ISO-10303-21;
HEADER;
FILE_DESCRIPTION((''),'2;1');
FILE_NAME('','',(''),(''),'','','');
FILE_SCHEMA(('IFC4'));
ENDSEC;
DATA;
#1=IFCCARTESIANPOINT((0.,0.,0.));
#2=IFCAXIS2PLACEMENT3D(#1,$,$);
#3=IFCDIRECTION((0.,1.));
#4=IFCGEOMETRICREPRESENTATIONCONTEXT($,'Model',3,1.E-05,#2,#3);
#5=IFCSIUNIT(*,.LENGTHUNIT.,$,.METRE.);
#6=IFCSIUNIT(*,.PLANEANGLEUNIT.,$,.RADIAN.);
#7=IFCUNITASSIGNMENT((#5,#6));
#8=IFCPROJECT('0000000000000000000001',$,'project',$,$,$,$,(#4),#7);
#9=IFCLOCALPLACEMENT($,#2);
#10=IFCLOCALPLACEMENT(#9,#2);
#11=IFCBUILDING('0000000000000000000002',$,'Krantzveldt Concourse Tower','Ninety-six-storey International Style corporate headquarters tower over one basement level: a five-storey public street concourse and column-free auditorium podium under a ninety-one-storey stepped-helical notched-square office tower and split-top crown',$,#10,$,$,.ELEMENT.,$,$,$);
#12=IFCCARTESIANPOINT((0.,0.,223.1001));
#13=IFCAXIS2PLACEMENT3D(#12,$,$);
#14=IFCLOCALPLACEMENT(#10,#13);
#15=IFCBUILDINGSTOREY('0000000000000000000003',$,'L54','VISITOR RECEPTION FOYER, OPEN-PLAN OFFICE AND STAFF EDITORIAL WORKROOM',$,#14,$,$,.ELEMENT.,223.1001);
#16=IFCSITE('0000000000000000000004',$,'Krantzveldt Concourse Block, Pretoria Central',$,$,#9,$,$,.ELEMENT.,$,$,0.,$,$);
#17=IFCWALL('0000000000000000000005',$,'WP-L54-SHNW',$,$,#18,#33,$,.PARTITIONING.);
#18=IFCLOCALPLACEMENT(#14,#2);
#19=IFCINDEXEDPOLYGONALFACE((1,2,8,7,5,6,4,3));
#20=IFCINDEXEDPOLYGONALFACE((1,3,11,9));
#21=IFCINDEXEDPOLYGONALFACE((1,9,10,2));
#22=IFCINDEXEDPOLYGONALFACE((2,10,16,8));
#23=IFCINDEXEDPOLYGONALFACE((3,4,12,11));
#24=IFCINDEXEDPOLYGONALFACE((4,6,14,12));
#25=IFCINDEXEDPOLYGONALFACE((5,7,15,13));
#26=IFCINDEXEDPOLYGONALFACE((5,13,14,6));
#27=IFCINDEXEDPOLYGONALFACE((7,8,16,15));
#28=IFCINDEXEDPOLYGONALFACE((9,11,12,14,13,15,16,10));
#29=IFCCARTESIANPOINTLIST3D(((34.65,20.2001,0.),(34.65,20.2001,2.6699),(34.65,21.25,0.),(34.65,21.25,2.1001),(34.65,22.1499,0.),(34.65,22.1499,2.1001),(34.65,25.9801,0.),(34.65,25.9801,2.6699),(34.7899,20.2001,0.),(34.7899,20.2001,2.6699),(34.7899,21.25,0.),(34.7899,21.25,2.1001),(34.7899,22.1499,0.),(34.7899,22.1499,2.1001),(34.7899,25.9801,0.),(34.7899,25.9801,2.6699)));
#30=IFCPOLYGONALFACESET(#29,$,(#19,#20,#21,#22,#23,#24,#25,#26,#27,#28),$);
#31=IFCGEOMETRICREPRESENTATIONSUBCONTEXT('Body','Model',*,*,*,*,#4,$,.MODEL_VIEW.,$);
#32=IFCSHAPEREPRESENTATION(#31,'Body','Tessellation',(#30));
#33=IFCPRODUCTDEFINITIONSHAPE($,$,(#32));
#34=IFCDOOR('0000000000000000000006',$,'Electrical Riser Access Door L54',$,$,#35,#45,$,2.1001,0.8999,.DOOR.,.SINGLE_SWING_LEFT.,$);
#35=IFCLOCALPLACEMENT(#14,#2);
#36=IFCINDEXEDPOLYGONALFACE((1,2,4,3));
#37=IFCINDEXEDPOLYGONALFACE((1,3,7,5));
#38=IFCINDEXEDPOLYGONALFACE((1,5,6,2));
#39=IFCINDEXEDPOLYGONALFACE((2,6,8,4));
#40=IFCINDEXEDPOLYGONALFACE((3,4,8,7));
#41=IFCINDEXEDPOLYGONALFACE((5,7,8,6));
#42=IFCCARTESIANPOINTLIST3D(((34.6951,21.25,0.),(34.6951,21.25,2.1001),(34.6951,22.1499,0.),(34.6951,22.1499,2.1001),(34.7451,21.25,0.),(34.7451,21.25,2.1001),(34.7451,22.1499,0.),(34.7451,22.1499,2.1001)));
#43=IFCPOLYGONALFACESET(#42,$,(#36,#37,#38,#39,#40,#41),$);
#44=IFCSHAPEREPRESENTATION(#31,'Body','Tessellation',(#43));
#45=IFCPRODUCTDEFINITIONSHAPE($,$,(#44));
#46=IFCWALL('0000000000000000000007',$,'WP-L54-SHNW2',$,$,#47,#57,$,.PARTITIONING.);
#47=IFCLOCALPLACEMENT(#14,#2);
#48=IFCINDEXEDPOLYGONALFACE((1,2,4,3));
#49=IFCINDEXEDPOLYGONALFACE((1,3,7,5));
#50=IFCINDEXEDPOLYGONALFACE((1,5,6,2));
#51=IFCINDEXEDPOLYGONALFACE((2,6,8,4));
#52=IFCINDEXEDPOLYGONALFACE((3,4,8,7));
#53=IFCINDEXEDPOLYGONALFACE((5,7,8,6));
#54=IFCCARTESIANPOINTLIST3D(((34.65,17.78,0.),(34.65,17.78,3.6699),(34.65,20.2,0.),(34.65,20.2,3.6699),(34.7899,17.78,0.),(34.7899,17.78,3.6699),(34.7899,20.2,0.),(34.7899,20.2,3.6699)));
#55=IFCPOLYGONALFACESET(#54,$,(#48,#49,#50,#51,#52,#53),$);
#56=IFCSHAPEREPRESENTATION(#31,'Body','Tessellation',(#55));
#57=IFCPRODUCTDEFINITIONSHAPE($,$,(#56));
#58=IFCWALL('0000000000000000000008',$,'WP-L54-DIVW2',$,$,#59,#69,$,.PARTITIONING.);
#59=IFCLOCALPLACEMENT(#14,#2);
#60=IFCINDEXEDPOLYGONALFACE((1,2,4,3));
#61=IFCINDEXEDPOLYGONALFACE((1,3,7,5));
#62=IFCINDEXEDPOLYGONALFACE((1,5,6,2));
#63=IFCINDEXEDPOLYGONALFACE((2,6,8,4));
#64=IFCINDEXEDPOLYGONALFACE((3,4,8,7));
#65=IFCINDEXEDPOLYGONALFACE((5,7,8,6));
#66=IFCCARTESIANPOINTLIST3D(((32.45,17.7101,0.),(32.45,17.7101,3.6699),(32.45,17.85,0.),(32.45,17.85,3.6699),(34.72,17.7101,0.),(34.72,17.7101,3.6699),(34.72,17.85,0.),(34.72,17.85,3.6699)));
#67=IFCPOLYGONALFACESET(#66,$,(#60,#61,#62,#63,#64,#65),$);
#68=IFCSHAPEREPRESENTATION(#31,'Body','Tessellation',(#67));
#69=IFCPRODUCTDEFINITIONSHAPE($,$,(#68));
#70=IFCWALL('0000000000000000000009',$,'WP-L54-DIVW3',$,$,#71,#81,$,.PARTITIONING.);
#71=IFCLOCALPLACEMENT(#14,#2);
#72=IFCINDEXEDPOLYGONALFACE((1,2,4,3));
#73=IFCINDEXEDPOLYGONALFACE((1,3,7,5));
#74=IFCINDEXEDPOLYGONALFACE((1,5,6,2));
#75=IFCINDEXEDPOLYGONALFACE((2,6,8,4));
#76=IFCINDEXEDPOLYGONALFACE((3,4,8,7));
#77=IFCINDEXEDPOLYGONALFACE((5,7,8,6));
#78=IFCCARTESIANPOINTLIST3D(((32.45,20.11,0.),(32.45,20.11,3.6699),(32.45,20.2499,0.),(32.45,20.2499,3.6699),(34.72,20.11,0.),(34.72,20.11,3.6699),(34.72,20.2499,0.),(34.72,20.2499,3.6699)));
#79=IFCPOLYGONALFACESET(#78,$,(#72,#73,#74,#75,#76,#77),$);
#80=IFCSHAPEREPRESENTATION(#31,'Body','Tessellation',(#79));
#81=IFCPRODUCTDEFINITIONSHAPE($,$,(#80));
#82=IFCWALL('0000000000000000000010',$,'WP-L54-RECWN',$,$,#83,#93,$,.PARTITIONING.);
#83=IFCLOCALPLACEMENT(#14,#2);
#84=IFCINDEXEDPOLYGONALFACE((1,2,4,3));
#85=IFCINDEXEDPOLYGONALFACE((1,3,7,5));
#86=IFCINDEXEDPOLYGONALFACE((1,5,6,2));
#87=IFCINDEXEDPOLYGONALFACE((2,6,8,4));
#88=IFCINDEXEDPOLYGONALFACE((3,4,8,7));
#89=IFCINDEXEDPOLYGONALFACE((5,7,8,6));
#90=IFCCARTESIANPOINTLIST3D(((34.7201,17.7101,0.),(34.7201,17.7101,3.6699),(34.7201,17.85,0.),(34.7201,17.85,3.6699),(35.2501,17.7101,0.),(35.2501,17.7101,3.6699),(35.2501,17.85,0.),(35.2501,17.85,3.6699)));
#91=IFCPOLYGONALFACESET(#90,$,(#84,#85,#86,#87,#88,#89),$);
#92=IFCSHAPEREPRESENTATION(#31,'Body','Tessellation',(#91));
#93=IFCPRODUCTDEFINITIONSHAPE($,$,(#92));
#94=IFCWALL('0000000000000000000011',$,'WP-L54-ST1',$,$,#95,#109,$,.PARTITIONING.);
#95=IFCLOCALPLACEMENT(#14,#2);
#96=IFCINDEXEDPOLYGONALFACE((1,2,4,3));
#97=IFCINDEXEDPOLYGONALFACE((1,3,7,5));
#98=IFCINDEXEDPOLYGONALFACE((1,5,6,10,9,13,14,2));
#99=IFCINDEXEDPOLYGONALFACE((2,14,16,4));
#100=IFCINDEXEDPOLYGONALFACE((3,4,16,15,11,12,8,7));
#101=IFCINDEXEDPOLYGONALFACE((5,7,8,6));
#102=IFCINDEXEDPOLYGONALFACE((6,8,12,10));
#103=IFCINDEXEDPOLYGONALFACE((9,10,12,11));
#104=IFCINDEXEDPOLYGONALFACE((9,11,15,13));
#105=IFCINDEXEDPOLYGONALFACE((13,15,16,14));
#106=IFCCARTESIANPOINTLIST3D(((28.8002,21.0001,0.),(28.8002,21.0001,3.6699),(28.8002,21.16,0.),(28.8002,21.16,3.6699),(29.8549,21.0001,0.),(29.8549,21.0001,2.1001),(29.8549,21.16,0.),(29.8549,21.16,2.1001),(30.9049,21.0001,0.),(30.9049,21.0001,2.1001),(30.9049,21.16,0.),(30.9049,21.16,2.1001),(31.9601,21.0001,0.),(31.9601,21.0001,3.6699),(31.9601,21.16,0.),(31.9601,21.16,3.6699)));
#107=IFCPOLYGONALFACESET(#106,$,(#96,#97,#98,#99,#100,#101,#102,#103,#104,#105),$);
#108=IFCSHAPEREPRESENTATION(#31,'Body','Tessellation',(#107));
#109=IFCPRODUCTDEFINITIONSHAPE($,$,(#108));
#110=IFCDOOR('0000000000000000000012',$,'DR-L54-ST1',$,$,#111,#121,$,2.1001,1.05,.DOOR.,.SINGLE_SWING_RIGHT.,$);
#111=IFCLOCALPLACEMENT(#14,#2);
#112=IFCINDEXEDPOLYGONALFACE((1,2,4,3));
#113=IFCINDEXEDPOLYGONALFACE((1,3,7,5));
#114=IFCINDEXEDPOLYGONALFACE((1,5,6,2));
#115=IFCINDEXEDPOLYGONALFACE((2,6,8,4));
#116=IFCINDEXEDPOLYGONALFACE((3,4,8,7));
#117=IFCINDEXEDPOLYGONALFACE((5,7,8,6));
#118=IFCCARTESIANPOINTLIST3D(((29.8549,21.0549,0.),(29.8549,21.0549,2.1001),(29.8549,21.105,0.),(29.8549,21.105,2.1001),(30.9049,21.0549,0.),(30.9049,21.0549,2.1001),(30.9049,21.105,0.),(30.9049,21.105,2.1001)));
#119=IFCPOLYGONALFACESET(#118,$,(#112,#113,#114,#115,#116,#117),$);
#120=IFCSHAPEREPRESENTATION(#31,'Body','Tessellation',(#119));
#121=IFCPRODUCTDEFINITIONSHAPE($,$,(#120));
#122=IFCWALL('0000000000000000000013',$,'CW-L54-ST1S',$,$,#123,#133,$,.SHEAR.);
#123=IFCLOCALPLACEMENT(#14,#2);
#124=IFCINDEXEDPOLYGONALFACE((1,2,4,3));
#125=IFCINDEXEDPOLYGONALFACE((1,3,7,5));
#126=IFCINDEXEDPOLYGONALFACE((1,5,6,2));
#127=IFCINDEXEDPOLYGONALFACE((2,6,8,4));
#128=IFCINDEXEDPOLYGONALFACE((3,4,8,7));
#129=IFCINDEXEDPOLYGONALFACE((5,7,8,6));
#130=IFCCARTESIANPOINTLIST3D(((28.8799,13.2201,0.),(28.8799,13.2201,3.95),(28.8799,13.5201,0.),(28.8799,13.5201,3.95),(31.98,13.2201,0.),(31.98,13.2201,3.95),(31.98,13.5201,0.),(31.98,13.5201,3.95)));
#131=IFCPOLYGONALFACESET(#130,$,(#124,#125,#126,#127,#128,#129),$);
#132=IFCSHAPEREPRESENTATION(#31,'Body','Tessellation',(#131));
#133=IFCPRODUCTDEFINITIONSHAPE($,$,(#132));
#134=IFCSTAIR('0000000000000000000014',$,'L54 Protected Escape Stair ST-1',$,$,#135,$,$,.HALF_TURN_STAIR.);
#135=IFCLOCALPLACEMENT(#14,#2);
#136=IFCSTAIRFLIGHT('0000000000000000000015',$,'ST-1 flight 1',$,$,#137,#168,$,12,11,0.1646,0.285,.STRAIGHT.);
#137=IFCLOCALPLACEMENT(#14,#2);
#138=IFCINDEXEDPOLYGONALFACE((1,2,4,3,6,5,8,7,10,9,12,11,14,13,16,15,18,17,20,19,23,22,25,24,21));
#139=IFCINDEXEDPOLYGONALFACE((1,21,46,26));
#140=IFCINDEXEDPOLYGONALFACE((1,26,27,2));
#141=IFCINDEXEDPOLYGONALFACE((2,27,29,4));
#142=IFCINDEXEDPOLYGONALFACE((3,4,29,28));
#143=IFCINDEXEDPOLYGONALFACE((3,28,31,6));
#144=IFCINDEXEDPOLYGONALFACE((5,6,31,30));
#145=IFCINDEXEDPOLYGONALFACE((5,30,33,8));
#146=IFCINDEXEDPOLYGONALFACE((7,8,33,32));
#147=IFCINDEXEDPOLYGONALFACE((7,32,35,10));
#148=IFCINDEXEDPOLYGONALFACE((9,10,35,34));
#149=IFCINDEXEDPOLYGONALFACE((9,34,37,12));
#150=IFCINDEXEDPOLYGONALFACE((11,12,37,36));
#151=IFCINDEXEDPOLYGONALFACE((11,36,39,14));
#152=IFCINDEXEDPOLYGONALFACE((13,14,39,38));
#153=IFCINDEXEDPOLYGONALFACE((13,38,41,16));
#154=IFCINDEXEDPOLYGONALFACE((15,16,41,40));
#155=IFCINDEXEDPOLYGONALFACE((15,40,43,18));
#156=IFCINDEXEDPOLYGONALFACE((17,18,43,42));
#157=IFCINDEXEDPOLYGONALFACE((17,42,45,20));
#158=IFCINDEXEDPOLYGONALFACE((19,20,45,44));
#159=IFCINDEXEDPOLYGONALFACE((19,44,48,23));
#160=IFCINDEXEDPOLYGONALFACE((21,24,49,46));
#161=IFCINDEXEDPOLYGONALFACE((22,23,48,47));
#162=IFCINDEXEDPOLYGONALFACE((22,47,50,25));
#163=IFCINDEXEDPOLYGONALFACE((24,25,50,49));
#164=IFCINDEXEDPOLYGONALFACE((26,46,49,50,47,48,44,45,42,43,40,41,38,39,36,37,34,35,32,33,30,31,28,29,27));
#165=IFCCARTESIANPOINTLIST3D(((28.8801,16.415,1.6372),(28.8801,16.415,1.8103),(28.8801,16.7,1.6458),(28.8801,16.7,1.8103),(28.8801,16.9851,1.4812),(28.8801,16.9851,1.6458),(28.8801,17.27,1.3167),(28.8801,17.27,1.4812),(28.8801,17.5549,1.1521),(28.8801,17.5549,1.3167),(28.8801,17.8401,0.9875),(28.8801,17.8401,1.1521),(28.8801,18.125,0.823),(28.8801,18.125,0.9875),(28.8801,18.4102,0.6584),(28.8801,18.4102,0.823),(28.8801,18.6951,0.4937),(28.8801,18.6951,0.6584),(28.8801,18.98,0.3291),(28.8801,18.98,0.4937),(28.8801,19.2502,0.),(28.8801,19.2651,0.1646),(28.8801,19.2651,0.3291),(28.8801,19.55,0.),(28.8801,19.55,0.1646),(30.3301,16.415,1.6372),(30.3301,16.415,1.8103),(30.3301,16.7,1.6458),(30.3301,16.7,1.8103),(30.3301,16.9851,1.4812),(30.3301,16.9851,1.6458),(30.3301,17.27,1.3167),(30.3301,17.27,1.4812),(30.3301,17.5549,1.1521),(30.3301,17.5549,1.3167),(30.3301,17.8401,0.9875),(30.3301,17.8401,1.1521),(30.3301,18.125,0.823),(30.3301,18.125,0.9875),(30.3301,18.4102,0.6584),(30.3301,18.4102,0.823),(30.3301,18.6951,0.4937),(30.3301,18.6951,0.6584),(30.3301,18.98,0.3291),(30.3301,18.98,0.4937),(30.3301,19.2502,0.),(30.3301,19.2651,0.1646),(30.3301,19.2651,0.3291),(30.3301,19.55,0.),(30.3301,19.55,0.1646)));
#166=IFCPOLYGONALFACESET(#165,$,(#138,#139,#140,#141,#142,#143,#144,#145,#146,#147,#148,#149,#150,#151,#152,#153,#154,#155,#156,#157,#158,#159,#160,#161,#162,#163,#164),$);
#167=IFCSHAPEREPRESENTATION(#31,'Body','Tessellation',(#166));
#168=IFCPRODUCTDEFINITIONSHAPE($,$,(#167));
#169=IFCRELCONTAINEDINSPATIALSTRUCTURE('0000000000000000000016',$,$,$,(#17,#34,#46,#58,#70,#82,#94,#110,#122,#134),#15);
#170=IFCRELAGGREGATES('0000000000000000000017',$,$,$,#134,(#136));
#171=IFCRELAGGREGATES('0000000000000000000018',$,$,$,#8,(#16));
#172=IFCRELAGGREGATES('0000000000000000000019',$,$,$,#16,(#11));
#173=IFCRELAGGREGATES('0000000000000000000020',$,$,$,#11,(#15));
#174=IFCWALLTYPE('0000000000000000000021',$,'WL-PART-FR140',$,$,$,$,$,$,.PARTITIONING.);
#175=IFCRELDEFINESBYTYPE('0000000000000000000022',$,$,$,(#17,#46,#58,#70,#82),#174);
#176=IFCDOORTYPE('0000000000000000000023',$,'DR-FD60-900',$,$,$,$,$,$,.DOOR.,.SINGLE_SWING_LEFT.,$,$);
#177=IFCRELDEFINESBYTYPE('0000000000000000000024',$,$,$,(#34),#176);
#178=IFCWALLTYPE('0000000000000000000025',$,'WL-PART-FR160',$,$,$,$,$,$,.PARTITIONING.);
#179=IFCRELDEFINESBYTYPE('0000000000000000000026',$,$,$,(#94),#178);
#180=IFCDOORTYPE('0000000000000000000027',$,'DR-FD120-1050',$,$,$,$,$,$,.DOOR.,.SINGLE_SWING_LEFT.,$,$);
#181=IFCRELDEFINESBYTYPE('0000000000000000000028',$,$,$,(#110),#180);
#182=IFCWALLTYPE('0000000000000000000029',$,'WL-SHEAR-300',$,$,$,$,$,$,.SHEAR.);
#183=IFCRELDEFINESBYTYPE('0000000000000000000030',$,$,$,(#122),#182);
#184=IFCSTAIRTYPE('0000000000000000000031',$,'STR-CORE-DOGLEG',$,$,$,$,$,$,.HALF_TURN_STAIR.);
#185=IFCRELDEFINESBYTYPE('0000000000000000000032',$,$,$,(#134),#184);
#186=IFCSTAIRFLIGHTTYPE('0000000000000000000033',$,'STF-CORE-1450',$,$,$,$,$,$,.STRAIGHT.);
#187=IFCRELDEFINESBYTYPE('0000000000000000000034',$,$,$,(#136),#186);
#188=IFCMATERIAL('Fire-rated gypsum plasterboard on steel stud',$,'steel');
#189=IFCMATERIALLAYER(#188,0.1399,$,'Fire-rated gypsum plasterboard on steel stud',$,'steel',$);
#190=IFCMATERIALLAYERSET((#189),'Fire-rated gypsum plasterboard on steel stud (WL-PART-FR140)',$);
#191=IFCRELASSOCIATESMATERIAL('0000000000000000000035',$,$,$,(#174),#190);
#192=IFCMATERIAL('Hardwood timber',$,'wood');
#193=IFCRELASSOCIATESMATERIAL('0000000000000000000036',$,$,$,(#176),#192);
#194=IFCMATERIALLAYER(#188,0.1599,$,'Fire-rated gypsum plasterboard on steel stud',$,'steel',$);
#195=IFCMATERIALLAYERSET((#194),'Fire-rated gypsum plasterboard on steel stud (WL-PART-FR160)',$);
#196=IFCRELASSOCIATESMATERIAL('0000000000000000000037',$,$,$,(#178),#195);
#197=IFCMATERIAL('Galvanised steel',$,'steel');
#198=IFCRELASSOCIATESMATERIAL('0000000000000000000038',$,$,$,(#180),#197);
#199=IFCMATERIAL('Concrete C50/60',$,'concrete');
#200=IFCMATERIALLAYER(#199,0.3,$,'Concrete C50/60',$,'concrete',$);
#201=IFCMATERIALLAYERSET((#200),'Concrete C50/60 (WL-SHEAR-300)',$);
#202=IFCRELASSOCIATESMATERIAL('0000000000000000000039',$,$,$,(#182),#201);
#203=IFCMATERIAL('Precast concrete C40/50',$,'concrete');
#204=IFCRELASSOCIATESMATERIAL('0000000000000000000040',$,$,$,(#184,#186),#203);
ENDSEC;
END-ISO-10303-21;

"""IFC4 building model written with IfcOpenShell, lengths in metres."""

from ifc_helpers import new_model, si_unit, direction, frame, frame_2d, origin, place, context, subcontext, project, spatial, polyline, rectangle, outline, extrude, material, layer, layer_set, type_object, element, fill, aggregate, save


model = new_model("IFC4")

# Units and contexts
model_context = context("Model", 3, precision=1e-05, world=origin(), true_north=direction((0.0, 1.0)))
body_context = subcontext(model_context, "Body", "Model", "MODEL_VIEW")
ifc_project = project(units=[si_unit("LENGTHUNIT", "METRE"), si_unit("PLANEANGLEUNIT", "RADIAN")], contexts=[model_context])

# Site, building, storey
site_placement = place(None, origin())
site = spatial("IfcSite", under=ifc_project, at=site_placement, Name="Krantzveldt Concourse Block, Pretoria Central", CompositionType="ELEMENT", RefElevation=0.0)
building_placement = place(site_placement, origin())
building = spatial("IfcBuilding", under=site, at=building_placement, Name="Krantzveldt Concourse Tower", Description="Ninety-six-storey International Style corporate headquarters tower over one basement level: a five-storey public street concourse and column-free auditorium podium under a ninety-one-storey stepped-helical notched-square office tower and split-top crown", CompositionType="ELEMENT")
storey_placement = place(building_placement, frame((0.0, 0.0, 223.1001)))
storey = spatial("IfcBuildingStorey", under=building, at=storey_placement, Name="L54", Description="VISITOR RECEPTION FOYER, OPEN-PLAN OFFICE AND STAFF EDITORIAL WORKROOM", CompositionType="ELEMENT", Elevation=223.1001)

# Wall, opening, door
ifc_material_1 = material(Name="Fire-rated gypsum plasterboard on steel stud", Category="steel")
ifc_layer_1 = layer(ifc_material_1, 0.1399, Name="Fire-rated gypsum plasterboard on steel stud", Category="steel")
ifc_layer_set_1 = layer_set([ifc_layer_1], Name="Fire-rated gypsum plasterboard on steel stud (WL-PART-FR140)")
wall_type_1 = type_object("IfcWallType", Name="WL-PART-FR140", PredefinedType="PARTITIONING", material=ifc_layer_set_1)
wall_1_placement = place(storey_placement, frame((34.72, 20.2, 0.0), z_axis=(0.0, 0.0, 1.0), x_axis=(0.0, 1.0, 0.0)))
wall_1 = element("IfcWall", 1, at=wall_1_placement, inside=storey, type_object=wall_type_1, Name="WP-L54-SHNW", PredefinedType="PARTITIONING", context=body_context, shape_type="SweptSolid", body=[
    extrude(rectangle(XDim=5.78, YDim=0.1399, at=frame_2d((2.8901, 0.0))), origin(), (0.0, 0.0, 1.0), 2.6699),
])
opening_1_placement = place(wall_1_placement, frame((1.05, 0.0, 0.0)))
opening_1 = element("IfcOpeningElement", 2, at=opening_1_placement, cuts=wall_1, PredefinedType="OPENING", context=body_context, shape_type="SweptSolid", body=[
    extrude(rectangle(XDim=0.8999, YDim=2.1001, at=frame_2d((0.45, 1.05))), frame((0.0, 0.0801, 0.0), z_axis=(0.0, -1.0, 0.0), x_axis=(1.0, 0.0, 0.0)), (0.0, 0.0, 1.0), 0.1599),
])
ifc_material_2 = material(Name="Hardwood timber", Category="wood")
door_type_1 = type_object("IfcDoorType", Name="DR-FD60-900", OperationType="SINGLE_SWING_LEFT", PredefinedType="DOOR", material=ifc_material_2)
door_1_placement = place(opening_1_placement, origin())
door_1 = element("IfcDoor", 3, at=door_1_placement, inside=storey, type_object=door_type_1, Name="Electrical Riser Access Door L54", OperationType="SINGLE_SWING_LEFT", OverallHeight=2.1001, OverallWidth=0.8999, PredefinedType="DOOR", context=body_context, shape_type="SweptSolid", body=[
    extrude(rectangle(XDim=0.8999, YDim=2.1001, at=frame_2d((0.45, 1.05))), frame((0.0, 0.0249, 0.0), z_axis=(0.0, -1.0, 0.0), x_axis=(1.0, 0.0, 0.0)), (0.0, 0.0, 1.0), 0.05),
])
fill(opening_1, door_1)

# Walls
wall_2_placement = place(storey_placement, frame((34.72, 17.78, 0.0), z_axis=(0.0, 0.0, 1.0), x_axis=(0.0, 1.0, 0.0)))
element("IfcWall", 4, at=wall_2_placement, inside=storey, type_object=wall_type_1, Name="WP-L54-SHNW2", PredefinedType="PARTITIONING", context=body_context, shape_type="SweptSolid", body=[
    extrude(rectangle(XDim=2.4199, YDim=0.1399, at=frame_2d((1.21, 0.0))), origin(), (0.0, 0.0, 1.0), 3.6699),
])
for number, where, z_axis, x_axis, name in (
    (5, (32.45, 17.78, 0.0), (0.0, 0.0, 1.0), (1.0, 0.0, 0.0), "WP-L54-DIVW2"),
    (6, (32.45, 20.1799, 0.0), (0.0, 0.0, 1.0), (1.0, 0.0, 0.0), "WP-L54-DIVW3"),
):
    element("IfcWall", number, at=place(storey_placement, frame(where, z_axis=z_axis, x_axis=x_axis)), inside=storey, type_object=wall_type_1, Name=name, PredefinedType="PARTITIONING", context=body_context, shape_type="SweptSolid", body=[
        extrude(rectangle(XDim=2.27, YDim=0.1399, at=frame_2d((1.135, 0.0))), origin(), (0.0, 0.0, 1.0), 3.6699),
    ])
wall_3_placement = place(storey_placement, frame((34.72, 17.78, 0.0), z_axis=(0.0, 0.0, 1.0), x_axis=(1.0, 0.0, 0.0)))
element("IfcWall", 7, at=wall_3_placement, inside=storey, type_object=wall_type_1, Name="WP-L54-RECWN", PredefinedType="PARTITIONING", context=body_context, shape_type="SweptSolid", body=[
    extrude(rectangle(XDim=0.53, YDim=0.1399, at=frame_2d((0.2651, 0.0))), origin(), (0.0, 0.0, 1.0), 3.6699),
])

# Wall, opening, door
ifc_layer_2 = layer(ifc_material_1, 0.1599, Name="Fire-rated gypsum plasterboard on steel stud", Category="steel")
ifc_layer_set_2 = layer_set([ifc_layer_2], Name="Fire-rated gypsum plasterboard on steel stud (WL-PART-FR160)")
wall_type_2 = type_object("IfcWallType", Name="WL-PART-FR160", PredefinedType="PARTITIONING", material=ifc_layer_set_2)
wall_4_placement = place(storey_placement, frame((28.8, 21.0801, 0.0), z_axis=(0.0, 0.0, 1.0), x_axis=(1.0, 0.0, 0.0)))
wall_4 = element("IfcWall", 8, at=wall_4_placement, inside=storey, type_object=wall_type_2, Name="WP-L54-ST1", PredefinedType="PARTITIONING", context=body_context, shape_type="SweptSolid", body=[
    extrude(rectangle(XDim=3.1599, YDim=0.1599, at=frame_2d((1.5801, 0.0))), origin(), (0.0, 0.0, 1.0), 3.6699),
])
opening_2_placement = place(wall_4_placement, frame((1.0549, 0.0, 0.0)))
opening_2 = element("IfcOpeningElement", 9, at=opening_2_placement, cuts=wall_4, PredefinedType="OPENING", context=body_context, shape_type="SweptSolid", body=[
    extrude(rectangle(XDim=1.05, YDim=2.1001, at=frame_2d((0.5249, 1.05))), frame((0.0, 0.0898, 0.0), z_axis=(0.0, -1.0, 0.0), x_axis=(1.0, 0.0, 0.0)), (0.0, 0.0, 1.0), 0.1799),
])
ifc_material_3 = material(Name="Galvanised steel", Category="steel")
door_type_2 = type_object("IfcDoorType", Name="DR-FD120-1050", OperationType="SINGLE_SWING_LEFT", PredefinedType="DOOR", material=ifc_material_3)
door_2_placement = place(opening_2_placement, origin())
door_2 = element("IfcDoor", 10, at=door_2_placement, inside=storey, type_object=door_type_2, Name="DR-L54-ST1", OperationType="SINGLE_SWING_RIGHT", OverallHeight=2.1001, OverallWidth=1.05, PredefinedType="DOOR", context=body_context, shape_type="SweptSolid", body=[
    extrude(rectangle(XDim=1.05, YDim=2.1001, at=frame_2d((0.5249, 1.05))), frame((0.0, 0.0249, 0.0), z_axis=(0.0, -1.0, 0.0), x_axis=(1.0, 0.0, 0.0)), (0.0, 0.0, 1.0), 0.05),
])
fill(opening_2, door_2)

# Wall
ifc_material_4 = material(Name="Concrete C50/60", Category="concrete")
ifc_layer_3 = layer(ifc_material_4, 0.3, Name="Concrete C50/60", Category="concrete")
ifc_layer_set_3 = layer_set([ifc_layer_3], Name="Concrete C50/60 (WL-SHEAR-300)")
wall_type_3 = type_object("IfcWallType", Name="WL-SHEAR-300", PredefinedType="SHEAR", material=ifc_layer_set_3)
wall_5_placement = place(storey_placement, frame((28.8799, 13.3701, 0.0), z_axis=(0.0, 0.0, 1.0), x_axis=(1.0, 0.0, 0.0)))
element("IfcWall", 11, at=wall_5_placement, inside=storey, type_object=wall_type_3, Name="CW-L54-ST1S", PredefinedType="SHEAR", context=body_context, shape_type="SweptSolid", body=[
    extrude(rectangle(XDim=3.1001, YDim=0.3, at=frame_2d((1.55, 0.0))), origin(), (0.0, 0.0, 1.0), 3.95),
])

# Stair, stair flight
ifc_material_5 = material(Name="Precast concrete C40/50", Category="concrete")
stair_type = type_object("IfcStairType", Name="STR-CORE-DOGLEG", PredefinedType="HALF_TURN_STAIR", material=ifc_material_5)
stair_placement = place(storey_placement, origin())
stair = element("IfcStair", 12, at=stair_placement, inside=storey, type_object=stair_type, Name="L54 Protected Escape Stair ST-1", PredefinedType="HALF_TURN_STAIR")
stair_flight_type = type_object("IfcStairFlightType", Name="STF-CORE-1450", PredefinedType="STRAIGHT", material=ifc_material_5)
stair_flight_1_placement = place(storey_placement, frame((29.605, 19.55, 0.0), z_axis=(0.0, 0.0, 1.0), x_axis=(0.0, -1.0, 0.0)))
stair_flight_1 = element("IfcStairFlight", 13, at=stair_flight_1_placement, type_object=stair_flight_type, Name="ST-1 flight 1", NumberOfRisers=12, NumberOfTreads=11, PredefinedType="STRAIGHT", RiserHeight=0.1646, TreadLength=0.285, context=body_context, shape_type="SweptSolid", body=[
    extrude(outline(polyline([(0.0, 0.0), (0.0, 0.1646), (0.2849, 0.1646), (0.2849, 0.3291), (0.5701, 0.3291), (0.5701, 0.4937), (0.855, 0.4937), (0.855, 0.6584), (1.1399, 0.6584), (1.1399, 0.823), (1.425, 0.823), (1.425, 0.9875), (1.71, 0.9875), (1.71, 1.1521), (1.9951, 1.1521), (1.9951, 1.3167), (2.28, 1.3167), (2.28, 1.4812), (2.5649, 1.4812), (2.5649, 1.6458), (2.8501, 1.6458), (2.8501, 1.8103), (3.135, 1.8103), (3.135, 1.9751), (3.135, 1.6372), (0.2998, 0.0), (0.0, 0.0)])), frame((0.0, 0.7251, 0.0), z_axis=(0.0, -1.0, 0.0), x_axis=(1.0, 0.0, 0.0)), (0.0, 0.0, 1.0), 1.45),
])
aggregate(stair, [stair_flight_1])

save(model, "model.ifc")
